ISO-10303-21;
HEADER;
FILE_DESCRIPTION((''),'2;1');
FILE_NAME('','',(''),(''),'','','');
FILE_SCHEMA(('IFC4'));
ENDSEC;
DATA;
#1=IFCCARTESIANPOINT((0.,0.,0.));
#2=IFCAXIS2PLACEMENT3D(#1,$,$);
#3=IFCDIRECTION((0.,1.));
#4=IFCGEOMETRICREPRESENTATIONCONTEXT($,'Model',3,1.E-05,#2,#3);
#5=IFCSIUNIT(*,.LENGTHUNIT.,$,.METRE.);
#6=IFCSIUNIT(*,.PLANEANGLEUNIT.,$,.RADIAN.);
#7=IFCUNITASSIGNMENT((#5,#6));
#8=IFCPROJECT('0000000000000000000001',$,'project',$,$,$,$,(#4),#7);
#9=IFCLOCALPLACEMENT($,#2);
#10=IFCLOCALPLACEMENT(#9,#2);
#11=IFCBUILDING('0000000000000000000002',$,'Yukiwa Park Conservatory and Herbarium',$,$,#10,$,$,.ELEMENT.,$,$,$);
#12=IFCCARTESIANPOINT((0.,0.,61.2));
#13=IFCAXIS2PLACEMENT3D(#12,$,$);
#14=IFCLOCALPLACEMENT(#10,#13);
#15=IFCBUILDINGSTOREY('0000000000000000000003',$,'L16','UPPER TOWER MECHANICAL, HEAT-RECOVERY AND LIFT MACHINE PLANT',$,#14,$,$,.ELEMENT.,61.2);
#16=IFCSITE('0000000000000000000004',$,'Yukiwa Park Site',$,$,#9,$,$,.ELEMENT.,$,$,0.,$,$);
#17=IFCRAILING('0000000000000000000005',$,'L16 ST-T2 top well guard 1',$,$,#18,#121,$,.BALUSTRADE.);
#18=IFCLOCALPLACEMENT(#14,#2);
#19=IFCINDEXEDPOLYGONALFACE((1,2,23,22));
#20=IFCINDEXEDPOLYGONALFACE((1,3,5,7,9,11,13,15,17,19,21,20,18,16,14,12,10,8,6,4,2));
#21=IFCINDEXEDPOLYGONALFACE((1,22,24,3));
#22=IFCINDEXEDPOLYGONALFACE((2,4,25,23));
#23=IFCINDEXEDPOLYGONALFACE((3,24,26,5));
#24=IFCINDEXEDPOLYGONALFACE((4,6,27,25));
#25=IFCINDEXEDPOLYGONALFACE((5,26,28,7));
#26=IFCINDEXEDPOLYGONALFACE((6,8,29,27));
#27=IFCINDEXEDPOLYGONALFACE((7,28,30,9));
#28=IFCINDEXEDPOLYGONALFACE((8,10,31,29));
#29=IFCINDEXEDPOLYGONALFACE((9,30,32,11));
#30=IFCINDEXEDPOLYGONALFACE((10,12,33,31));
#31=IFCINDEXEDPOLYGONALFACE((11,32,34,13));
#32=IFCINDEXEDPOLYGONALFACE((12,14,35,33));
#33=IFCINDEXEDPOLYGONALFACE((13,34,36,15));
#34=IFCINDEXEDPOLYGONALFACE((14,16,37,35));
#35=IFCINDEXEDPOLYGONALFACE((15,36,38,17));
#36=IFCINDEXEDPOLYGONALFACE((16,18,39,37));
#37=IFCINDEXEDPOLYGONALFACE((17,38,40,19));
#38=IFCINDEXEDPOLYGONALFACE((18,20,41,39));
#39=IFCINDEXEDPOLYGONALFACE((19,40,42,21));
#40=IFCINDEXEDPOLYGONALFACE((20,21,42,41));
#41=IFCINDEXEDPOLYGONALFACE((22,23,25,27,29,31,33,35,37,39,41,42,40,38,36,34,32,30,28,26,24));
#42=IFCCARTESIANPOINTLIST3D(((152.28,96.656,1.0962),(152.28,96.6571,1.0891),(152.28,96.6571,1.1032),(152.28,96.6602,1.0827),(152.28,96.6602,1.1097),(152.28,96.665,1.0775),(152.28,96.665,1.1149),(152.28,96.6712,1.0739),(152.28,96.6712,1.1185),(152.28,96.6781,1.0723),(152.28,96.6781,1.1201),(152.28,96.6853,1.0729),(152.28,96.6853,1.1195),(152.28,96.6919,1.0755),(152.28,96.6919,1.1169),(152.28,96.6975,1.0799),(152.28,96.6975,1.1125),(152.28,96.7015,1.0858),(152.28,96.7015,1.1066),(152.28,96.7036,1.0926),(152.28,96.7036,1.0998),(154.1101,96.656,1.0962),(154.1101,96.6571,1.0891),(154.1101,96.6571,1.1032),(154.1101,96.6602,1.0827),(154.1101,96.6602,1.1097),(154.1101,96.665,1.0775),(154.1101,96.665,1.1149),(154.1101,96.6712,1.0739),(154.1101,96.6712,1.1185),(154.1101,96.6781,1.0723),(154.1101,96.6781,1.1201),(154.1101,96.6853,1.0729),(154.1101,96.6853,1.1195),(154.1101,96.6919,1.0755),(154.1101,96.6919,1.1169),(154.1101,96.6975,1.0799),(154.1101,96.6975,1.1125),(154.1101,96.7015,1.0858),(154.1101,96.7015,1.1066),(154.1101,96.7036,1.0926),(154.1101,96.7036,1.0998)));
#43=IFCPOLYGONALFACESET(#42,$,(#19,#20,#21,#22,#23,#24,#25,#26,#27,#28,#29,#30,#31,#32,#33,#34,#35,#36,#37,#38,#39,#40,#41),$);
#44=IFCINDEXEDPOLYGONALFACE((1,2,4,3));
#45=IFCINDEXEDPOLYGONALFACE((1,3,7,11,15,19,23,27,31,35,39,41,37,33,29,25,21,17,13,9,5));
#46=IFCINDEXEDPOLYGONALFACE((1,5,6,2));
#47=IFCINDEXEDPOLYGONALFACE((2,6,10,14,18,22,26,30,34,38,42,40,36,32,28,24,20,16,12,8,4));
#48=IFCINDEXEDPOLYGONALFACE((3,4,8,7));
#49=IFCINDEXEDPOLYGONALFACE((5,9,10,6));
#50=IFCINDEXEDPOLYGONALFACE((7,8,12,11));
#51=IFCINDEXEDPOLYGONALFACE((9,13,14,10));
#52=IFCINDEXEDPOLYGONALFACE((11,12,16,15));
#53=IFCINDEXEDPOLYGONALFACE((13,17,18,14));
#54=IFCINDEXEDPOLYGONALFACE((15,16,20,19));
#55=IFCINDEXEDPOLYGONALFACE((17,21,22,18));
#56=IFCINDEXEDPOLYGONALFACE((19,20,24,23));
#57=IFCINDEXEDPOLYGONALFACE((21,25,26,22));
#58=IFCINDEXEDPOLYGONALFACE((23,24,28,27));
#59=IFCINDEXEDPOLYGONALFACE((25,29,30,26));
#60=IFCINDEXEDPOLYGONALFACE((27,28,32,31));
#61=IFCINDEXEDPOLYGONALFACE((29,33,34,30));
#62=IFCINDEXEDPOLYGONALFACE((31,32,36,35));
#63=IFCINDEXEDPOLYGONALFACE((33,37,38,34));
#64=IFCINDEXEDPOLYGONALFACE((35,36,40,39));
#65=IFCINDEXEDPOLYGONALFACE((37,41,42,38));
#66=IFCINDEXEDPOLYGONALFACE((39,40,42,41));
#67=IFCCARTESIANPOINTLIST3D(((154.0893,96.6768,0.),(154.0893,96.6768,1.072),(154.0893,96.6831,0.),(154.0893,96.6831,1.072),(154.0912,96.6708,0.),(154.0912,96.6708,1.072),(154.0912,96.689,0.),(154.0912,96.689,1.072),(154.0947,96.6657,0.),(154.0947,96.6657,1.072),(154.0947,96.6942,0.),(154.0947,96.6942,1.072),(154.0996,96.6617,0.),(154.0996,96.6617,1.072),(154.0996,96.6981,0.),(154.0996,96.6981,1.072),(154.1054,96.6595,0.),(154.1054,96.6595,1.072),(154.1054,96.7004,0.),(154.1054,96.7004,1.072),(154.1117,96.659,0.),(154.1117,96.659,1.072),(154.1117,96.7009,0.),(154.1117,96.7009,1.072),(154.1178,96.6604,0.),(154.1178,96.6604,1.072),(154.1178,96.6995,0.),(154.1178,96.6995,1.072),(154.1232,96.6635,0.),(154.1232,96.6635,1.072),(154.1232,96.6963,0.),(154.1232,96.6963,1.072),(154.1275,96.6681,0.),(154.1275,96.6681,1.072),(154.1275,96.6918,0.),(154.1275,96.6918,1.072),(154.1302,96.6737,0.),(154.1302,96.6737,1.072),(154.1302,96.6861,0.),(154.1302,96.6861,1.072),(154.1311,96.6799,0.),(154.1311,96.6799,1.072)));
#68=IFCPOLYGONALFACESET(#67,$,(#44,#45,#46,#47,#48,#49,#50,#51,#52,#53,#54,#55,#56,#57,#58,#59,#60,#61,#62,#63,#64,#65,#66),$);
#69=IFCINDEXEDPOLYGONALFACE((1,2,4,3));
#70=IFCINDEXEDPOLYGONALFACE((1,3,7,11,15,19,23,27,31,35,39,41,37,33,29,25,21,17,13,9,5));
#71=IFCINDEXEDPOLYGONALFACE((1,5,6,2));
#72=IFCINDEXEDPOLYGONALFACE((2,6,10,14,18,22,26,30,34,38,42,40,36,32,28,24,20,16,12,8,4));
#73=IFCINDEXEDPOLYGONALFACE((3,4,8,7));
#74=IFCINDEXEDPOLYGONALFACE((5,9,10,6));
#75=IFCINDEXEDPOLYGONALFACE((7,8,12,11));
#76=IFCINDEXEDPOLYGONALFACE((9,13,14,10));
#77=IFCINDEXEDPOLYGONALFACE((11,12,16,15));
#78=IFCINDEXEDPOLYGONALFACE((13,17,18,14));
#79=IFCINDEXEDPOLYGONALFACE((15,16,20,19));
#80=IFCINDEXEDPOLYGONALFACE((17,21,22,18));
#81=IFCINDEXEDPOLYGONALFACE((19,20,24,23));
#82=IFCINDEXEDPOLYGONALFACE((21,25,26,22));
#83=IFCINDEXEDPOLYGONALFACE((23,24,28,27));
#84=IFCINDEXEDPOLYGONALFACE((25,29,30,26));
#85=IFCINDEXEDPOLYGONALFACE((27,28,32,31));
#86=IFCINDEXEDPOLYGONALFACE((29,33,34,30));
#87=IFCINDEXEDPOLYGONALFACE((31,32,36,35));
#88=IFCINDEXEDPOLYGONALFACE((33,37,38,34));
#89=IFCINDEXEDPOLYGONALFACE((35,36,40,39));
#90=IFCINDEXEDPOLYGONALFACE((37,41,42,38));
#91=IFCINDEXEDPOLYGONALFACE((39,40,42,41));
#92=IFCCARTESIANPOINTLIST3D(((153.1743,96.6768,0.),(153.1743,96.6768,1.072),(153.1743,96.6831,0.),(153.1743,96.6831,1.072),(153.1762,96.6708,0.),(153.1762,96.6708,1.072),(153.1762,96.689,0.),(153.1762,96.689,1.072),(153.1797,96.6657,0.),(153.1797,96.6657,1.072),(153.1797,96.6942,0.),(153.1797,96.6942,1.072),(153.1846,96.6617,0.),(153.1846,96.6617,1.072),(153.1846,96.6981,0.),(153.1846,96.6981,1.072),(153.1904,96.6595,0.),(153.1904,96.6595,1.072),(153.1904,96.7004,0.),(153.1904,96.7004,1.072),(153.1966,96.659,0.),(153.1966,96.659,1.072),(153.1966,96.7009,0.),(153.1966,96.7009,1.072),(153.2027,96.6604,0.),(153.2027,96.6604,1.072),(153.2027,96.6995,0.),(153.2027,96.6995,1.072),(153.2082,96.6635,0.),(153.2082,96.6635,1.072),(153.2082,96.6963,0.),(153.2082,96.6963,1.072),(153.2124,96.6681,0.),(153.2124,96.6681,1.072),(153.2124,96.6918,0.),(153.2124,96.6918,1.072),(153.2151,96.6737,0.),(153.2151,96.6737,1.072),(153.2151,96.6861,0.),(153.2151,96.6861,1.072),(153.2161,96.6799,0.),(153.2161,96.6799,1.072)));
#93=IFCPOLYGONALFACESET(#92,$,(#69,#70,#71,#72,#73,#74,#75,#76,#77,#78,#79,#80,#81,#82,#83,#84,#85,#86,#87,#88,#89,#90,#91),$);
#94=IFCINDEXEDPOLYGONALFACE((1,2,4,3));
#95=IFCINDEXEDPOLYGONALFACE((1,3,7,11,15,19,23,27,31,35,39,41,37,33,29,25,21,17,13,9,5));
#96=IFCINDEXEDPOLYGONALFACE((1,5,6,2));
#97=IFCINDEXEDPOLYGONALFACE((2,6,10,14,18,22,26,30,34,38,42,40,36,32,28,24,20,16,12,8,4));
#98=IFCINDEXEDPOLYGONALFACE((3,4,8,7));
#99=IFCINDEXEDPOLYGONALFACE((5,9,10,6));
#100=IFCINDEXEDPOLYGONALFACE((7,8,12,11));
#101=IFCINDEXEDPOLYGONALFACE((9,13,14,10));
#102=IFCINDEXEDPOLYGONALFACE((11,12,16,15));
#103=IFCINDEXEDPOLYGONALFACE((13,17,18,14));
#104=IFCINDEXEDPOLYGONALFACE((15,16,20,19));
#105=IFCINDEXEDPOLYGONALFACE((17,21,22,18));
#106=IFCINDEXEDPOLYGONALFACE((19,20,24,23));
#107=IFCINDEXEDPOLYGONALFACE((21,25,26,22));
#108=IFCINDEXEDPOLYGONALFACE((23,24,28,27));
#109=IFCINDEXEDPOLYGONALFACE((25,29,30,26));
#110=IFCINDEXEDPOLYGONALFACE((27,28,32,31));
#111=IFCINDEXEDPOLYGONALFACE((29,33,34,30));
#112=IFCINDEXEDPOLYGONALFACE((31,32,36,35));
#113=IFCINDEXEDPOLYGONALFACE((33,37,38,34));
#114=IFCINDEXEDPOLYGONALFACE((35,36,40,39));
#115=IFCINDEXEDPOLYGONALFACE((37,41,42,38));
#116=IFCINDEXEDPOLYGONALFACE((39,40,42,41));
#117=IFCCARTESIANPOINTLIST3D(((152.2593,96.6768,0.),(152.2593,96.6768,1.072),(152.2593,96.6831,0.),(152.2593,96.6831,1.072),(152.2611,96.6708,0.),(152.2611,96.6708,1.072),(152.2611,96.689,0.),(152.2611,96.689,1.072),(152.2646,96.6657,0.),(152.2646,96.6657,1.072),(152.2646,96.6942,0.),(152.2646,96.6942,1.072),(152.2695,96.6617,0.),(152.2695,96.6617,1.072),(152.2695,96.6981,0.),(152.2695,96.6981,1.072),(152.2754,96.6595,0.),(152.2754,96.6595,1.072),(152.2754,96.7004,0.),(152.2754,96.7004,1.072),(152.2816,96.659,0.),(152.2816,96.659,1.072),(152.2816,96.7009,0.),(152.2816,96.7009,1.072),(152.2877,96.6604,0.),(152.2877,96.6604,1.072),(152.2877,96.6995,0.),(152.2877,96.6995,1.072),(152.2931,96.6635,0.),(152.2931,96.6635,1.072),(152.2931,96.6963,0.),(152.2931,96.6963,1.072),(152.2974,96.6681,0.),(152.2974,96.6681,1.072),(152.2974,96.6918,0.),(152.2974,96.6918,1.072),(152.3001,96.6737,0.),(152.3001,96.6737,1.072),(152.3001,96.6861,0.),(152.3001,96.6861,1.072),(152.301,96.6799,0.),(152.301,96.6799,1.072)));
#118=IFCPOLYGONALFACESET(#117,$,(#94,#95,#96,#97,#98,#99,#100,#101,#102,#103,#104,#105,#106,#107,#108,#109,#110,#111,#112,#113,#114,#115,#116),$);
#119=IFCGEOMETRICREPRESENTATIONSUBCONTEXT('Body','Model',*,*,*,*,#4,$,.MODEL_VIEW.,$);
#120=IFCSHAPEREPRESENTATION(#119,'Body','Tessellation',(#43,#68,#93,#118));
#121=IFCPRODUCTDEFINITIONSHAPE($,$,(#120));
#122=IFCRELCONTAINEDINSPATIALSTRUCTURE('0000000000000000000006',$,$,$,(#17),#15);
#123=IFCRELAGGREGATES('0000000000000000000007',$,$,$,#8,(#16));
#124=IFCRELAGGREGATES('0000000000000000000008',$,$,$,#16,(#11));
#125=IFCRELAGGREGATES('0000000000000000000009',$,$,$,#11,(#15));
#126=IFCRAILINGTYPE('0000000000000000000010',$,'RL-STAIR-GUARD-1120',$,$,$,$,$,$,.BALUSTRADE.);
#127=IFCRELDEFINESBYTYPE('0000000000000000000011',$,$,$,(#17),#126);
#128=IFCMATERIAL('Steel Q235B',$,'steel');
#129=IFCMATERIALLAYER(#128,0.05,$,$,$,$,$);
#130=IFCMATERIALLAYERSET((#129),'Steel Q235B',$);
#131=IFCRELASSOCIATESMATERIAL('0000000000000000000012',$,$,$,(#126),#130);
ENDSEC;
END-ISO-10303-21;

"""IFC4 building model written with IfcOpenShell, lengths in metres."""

from ifc_helpers import new_model, si_unit, direction, frame, origin, origin_2d, place, context, subcontext, project, spatial, circle, extrude, material, layer, layer_set, type_object, element, save


model = new_model("IFC4")

# Units and contexts
model_context = context("Model", 3, precision=1e-05, world=origin(), true_north=direction((0.0, 1.0)))
body_context = subcontext(model_context, "Body", "Model", "MODEL_VIEW")
ifc_project = project(units=[si_unit("LENGTHUNIT", "METRE"), si_unit("PLANEANGLEUNIT", "RADIAN")], contexts=[model_context])

# Site, building, storey
site_placement = place(None, origin())
site = spatial("IfcSite", under=ifc_project, at=site_placement, Name="Yukiwa Park Site", CompositionType="ELEMENT", RefElevation=0.0)
building_placement = place(site_placement, origin())
building = spatial("IfcBuilding", under=site, at=building_placement, Name="Yukiwa Park Conservatory and Herbarium", CompositionType="ELEMENT")
storey_placement = place(building_placement, frame((0.0, 0.0, 61.2)))
storey = spatial("IfcBuildingStorey", under=building, at=storey_placement, Name="L16", Description="UPPER TOWER MECHANICAL, HEAT-RECOVERY AND LIFT MACHINE PLANT", CompositionType="ELEMENT", Elevation=61.2)

# Railing
ifc_material_1 = material(Name="Steel Q235B", Category="steel")
ifc_layer_1 = layer(ifc_material_1, 0.05)
ifc_layer_set_1 = layer_set([ifc_layer_1], Name="Steel Q235B")
railing_type = type_object("IfcRailingType", Name="RL-STAIR-GUARD-1120", PredefinedType="BALUSTRADE", material=ifc_layer_set_1)
railing_placement = place(storey_placement, frame((154.1101, 96.6799, 0.0)))
element("IfcRailing", 1, at=railing_placement, inside=storey, type_object=railing_type, Name="L16 ST-T2 top well guard 1", PredefinedType="BALUSTRADE", context=body_context, shape_type="SweptSolid", body=[
    extrude(circle(Radius=0.0239, at=origin_2d()), frame((0.0, 0.0, 1.0962), z_axis=(-1.0, 0.0, 0.0), x_axis=(0.0, -1.0, 0.0)), (0.0, 0.0, 1.0), 1.8301),
    extrude(circle(Radius=0.021, at=origin_2d()), origin(), (0.0, 0.0, 1.0), 1.072),
    extrude(circle(Radius=0.021, at=origin_2d()), frame((-0.915, 0.0, 0.0)), (0.0, 0.0, 1.0), 1.072),
    extrude(circle(Radius=0.021, at=origin_2d()), frame((-1.8301, 0.0, 0.0)), (0.0, 0.0, 1.0), 1.072),
])

save(model, "model.ifc")
